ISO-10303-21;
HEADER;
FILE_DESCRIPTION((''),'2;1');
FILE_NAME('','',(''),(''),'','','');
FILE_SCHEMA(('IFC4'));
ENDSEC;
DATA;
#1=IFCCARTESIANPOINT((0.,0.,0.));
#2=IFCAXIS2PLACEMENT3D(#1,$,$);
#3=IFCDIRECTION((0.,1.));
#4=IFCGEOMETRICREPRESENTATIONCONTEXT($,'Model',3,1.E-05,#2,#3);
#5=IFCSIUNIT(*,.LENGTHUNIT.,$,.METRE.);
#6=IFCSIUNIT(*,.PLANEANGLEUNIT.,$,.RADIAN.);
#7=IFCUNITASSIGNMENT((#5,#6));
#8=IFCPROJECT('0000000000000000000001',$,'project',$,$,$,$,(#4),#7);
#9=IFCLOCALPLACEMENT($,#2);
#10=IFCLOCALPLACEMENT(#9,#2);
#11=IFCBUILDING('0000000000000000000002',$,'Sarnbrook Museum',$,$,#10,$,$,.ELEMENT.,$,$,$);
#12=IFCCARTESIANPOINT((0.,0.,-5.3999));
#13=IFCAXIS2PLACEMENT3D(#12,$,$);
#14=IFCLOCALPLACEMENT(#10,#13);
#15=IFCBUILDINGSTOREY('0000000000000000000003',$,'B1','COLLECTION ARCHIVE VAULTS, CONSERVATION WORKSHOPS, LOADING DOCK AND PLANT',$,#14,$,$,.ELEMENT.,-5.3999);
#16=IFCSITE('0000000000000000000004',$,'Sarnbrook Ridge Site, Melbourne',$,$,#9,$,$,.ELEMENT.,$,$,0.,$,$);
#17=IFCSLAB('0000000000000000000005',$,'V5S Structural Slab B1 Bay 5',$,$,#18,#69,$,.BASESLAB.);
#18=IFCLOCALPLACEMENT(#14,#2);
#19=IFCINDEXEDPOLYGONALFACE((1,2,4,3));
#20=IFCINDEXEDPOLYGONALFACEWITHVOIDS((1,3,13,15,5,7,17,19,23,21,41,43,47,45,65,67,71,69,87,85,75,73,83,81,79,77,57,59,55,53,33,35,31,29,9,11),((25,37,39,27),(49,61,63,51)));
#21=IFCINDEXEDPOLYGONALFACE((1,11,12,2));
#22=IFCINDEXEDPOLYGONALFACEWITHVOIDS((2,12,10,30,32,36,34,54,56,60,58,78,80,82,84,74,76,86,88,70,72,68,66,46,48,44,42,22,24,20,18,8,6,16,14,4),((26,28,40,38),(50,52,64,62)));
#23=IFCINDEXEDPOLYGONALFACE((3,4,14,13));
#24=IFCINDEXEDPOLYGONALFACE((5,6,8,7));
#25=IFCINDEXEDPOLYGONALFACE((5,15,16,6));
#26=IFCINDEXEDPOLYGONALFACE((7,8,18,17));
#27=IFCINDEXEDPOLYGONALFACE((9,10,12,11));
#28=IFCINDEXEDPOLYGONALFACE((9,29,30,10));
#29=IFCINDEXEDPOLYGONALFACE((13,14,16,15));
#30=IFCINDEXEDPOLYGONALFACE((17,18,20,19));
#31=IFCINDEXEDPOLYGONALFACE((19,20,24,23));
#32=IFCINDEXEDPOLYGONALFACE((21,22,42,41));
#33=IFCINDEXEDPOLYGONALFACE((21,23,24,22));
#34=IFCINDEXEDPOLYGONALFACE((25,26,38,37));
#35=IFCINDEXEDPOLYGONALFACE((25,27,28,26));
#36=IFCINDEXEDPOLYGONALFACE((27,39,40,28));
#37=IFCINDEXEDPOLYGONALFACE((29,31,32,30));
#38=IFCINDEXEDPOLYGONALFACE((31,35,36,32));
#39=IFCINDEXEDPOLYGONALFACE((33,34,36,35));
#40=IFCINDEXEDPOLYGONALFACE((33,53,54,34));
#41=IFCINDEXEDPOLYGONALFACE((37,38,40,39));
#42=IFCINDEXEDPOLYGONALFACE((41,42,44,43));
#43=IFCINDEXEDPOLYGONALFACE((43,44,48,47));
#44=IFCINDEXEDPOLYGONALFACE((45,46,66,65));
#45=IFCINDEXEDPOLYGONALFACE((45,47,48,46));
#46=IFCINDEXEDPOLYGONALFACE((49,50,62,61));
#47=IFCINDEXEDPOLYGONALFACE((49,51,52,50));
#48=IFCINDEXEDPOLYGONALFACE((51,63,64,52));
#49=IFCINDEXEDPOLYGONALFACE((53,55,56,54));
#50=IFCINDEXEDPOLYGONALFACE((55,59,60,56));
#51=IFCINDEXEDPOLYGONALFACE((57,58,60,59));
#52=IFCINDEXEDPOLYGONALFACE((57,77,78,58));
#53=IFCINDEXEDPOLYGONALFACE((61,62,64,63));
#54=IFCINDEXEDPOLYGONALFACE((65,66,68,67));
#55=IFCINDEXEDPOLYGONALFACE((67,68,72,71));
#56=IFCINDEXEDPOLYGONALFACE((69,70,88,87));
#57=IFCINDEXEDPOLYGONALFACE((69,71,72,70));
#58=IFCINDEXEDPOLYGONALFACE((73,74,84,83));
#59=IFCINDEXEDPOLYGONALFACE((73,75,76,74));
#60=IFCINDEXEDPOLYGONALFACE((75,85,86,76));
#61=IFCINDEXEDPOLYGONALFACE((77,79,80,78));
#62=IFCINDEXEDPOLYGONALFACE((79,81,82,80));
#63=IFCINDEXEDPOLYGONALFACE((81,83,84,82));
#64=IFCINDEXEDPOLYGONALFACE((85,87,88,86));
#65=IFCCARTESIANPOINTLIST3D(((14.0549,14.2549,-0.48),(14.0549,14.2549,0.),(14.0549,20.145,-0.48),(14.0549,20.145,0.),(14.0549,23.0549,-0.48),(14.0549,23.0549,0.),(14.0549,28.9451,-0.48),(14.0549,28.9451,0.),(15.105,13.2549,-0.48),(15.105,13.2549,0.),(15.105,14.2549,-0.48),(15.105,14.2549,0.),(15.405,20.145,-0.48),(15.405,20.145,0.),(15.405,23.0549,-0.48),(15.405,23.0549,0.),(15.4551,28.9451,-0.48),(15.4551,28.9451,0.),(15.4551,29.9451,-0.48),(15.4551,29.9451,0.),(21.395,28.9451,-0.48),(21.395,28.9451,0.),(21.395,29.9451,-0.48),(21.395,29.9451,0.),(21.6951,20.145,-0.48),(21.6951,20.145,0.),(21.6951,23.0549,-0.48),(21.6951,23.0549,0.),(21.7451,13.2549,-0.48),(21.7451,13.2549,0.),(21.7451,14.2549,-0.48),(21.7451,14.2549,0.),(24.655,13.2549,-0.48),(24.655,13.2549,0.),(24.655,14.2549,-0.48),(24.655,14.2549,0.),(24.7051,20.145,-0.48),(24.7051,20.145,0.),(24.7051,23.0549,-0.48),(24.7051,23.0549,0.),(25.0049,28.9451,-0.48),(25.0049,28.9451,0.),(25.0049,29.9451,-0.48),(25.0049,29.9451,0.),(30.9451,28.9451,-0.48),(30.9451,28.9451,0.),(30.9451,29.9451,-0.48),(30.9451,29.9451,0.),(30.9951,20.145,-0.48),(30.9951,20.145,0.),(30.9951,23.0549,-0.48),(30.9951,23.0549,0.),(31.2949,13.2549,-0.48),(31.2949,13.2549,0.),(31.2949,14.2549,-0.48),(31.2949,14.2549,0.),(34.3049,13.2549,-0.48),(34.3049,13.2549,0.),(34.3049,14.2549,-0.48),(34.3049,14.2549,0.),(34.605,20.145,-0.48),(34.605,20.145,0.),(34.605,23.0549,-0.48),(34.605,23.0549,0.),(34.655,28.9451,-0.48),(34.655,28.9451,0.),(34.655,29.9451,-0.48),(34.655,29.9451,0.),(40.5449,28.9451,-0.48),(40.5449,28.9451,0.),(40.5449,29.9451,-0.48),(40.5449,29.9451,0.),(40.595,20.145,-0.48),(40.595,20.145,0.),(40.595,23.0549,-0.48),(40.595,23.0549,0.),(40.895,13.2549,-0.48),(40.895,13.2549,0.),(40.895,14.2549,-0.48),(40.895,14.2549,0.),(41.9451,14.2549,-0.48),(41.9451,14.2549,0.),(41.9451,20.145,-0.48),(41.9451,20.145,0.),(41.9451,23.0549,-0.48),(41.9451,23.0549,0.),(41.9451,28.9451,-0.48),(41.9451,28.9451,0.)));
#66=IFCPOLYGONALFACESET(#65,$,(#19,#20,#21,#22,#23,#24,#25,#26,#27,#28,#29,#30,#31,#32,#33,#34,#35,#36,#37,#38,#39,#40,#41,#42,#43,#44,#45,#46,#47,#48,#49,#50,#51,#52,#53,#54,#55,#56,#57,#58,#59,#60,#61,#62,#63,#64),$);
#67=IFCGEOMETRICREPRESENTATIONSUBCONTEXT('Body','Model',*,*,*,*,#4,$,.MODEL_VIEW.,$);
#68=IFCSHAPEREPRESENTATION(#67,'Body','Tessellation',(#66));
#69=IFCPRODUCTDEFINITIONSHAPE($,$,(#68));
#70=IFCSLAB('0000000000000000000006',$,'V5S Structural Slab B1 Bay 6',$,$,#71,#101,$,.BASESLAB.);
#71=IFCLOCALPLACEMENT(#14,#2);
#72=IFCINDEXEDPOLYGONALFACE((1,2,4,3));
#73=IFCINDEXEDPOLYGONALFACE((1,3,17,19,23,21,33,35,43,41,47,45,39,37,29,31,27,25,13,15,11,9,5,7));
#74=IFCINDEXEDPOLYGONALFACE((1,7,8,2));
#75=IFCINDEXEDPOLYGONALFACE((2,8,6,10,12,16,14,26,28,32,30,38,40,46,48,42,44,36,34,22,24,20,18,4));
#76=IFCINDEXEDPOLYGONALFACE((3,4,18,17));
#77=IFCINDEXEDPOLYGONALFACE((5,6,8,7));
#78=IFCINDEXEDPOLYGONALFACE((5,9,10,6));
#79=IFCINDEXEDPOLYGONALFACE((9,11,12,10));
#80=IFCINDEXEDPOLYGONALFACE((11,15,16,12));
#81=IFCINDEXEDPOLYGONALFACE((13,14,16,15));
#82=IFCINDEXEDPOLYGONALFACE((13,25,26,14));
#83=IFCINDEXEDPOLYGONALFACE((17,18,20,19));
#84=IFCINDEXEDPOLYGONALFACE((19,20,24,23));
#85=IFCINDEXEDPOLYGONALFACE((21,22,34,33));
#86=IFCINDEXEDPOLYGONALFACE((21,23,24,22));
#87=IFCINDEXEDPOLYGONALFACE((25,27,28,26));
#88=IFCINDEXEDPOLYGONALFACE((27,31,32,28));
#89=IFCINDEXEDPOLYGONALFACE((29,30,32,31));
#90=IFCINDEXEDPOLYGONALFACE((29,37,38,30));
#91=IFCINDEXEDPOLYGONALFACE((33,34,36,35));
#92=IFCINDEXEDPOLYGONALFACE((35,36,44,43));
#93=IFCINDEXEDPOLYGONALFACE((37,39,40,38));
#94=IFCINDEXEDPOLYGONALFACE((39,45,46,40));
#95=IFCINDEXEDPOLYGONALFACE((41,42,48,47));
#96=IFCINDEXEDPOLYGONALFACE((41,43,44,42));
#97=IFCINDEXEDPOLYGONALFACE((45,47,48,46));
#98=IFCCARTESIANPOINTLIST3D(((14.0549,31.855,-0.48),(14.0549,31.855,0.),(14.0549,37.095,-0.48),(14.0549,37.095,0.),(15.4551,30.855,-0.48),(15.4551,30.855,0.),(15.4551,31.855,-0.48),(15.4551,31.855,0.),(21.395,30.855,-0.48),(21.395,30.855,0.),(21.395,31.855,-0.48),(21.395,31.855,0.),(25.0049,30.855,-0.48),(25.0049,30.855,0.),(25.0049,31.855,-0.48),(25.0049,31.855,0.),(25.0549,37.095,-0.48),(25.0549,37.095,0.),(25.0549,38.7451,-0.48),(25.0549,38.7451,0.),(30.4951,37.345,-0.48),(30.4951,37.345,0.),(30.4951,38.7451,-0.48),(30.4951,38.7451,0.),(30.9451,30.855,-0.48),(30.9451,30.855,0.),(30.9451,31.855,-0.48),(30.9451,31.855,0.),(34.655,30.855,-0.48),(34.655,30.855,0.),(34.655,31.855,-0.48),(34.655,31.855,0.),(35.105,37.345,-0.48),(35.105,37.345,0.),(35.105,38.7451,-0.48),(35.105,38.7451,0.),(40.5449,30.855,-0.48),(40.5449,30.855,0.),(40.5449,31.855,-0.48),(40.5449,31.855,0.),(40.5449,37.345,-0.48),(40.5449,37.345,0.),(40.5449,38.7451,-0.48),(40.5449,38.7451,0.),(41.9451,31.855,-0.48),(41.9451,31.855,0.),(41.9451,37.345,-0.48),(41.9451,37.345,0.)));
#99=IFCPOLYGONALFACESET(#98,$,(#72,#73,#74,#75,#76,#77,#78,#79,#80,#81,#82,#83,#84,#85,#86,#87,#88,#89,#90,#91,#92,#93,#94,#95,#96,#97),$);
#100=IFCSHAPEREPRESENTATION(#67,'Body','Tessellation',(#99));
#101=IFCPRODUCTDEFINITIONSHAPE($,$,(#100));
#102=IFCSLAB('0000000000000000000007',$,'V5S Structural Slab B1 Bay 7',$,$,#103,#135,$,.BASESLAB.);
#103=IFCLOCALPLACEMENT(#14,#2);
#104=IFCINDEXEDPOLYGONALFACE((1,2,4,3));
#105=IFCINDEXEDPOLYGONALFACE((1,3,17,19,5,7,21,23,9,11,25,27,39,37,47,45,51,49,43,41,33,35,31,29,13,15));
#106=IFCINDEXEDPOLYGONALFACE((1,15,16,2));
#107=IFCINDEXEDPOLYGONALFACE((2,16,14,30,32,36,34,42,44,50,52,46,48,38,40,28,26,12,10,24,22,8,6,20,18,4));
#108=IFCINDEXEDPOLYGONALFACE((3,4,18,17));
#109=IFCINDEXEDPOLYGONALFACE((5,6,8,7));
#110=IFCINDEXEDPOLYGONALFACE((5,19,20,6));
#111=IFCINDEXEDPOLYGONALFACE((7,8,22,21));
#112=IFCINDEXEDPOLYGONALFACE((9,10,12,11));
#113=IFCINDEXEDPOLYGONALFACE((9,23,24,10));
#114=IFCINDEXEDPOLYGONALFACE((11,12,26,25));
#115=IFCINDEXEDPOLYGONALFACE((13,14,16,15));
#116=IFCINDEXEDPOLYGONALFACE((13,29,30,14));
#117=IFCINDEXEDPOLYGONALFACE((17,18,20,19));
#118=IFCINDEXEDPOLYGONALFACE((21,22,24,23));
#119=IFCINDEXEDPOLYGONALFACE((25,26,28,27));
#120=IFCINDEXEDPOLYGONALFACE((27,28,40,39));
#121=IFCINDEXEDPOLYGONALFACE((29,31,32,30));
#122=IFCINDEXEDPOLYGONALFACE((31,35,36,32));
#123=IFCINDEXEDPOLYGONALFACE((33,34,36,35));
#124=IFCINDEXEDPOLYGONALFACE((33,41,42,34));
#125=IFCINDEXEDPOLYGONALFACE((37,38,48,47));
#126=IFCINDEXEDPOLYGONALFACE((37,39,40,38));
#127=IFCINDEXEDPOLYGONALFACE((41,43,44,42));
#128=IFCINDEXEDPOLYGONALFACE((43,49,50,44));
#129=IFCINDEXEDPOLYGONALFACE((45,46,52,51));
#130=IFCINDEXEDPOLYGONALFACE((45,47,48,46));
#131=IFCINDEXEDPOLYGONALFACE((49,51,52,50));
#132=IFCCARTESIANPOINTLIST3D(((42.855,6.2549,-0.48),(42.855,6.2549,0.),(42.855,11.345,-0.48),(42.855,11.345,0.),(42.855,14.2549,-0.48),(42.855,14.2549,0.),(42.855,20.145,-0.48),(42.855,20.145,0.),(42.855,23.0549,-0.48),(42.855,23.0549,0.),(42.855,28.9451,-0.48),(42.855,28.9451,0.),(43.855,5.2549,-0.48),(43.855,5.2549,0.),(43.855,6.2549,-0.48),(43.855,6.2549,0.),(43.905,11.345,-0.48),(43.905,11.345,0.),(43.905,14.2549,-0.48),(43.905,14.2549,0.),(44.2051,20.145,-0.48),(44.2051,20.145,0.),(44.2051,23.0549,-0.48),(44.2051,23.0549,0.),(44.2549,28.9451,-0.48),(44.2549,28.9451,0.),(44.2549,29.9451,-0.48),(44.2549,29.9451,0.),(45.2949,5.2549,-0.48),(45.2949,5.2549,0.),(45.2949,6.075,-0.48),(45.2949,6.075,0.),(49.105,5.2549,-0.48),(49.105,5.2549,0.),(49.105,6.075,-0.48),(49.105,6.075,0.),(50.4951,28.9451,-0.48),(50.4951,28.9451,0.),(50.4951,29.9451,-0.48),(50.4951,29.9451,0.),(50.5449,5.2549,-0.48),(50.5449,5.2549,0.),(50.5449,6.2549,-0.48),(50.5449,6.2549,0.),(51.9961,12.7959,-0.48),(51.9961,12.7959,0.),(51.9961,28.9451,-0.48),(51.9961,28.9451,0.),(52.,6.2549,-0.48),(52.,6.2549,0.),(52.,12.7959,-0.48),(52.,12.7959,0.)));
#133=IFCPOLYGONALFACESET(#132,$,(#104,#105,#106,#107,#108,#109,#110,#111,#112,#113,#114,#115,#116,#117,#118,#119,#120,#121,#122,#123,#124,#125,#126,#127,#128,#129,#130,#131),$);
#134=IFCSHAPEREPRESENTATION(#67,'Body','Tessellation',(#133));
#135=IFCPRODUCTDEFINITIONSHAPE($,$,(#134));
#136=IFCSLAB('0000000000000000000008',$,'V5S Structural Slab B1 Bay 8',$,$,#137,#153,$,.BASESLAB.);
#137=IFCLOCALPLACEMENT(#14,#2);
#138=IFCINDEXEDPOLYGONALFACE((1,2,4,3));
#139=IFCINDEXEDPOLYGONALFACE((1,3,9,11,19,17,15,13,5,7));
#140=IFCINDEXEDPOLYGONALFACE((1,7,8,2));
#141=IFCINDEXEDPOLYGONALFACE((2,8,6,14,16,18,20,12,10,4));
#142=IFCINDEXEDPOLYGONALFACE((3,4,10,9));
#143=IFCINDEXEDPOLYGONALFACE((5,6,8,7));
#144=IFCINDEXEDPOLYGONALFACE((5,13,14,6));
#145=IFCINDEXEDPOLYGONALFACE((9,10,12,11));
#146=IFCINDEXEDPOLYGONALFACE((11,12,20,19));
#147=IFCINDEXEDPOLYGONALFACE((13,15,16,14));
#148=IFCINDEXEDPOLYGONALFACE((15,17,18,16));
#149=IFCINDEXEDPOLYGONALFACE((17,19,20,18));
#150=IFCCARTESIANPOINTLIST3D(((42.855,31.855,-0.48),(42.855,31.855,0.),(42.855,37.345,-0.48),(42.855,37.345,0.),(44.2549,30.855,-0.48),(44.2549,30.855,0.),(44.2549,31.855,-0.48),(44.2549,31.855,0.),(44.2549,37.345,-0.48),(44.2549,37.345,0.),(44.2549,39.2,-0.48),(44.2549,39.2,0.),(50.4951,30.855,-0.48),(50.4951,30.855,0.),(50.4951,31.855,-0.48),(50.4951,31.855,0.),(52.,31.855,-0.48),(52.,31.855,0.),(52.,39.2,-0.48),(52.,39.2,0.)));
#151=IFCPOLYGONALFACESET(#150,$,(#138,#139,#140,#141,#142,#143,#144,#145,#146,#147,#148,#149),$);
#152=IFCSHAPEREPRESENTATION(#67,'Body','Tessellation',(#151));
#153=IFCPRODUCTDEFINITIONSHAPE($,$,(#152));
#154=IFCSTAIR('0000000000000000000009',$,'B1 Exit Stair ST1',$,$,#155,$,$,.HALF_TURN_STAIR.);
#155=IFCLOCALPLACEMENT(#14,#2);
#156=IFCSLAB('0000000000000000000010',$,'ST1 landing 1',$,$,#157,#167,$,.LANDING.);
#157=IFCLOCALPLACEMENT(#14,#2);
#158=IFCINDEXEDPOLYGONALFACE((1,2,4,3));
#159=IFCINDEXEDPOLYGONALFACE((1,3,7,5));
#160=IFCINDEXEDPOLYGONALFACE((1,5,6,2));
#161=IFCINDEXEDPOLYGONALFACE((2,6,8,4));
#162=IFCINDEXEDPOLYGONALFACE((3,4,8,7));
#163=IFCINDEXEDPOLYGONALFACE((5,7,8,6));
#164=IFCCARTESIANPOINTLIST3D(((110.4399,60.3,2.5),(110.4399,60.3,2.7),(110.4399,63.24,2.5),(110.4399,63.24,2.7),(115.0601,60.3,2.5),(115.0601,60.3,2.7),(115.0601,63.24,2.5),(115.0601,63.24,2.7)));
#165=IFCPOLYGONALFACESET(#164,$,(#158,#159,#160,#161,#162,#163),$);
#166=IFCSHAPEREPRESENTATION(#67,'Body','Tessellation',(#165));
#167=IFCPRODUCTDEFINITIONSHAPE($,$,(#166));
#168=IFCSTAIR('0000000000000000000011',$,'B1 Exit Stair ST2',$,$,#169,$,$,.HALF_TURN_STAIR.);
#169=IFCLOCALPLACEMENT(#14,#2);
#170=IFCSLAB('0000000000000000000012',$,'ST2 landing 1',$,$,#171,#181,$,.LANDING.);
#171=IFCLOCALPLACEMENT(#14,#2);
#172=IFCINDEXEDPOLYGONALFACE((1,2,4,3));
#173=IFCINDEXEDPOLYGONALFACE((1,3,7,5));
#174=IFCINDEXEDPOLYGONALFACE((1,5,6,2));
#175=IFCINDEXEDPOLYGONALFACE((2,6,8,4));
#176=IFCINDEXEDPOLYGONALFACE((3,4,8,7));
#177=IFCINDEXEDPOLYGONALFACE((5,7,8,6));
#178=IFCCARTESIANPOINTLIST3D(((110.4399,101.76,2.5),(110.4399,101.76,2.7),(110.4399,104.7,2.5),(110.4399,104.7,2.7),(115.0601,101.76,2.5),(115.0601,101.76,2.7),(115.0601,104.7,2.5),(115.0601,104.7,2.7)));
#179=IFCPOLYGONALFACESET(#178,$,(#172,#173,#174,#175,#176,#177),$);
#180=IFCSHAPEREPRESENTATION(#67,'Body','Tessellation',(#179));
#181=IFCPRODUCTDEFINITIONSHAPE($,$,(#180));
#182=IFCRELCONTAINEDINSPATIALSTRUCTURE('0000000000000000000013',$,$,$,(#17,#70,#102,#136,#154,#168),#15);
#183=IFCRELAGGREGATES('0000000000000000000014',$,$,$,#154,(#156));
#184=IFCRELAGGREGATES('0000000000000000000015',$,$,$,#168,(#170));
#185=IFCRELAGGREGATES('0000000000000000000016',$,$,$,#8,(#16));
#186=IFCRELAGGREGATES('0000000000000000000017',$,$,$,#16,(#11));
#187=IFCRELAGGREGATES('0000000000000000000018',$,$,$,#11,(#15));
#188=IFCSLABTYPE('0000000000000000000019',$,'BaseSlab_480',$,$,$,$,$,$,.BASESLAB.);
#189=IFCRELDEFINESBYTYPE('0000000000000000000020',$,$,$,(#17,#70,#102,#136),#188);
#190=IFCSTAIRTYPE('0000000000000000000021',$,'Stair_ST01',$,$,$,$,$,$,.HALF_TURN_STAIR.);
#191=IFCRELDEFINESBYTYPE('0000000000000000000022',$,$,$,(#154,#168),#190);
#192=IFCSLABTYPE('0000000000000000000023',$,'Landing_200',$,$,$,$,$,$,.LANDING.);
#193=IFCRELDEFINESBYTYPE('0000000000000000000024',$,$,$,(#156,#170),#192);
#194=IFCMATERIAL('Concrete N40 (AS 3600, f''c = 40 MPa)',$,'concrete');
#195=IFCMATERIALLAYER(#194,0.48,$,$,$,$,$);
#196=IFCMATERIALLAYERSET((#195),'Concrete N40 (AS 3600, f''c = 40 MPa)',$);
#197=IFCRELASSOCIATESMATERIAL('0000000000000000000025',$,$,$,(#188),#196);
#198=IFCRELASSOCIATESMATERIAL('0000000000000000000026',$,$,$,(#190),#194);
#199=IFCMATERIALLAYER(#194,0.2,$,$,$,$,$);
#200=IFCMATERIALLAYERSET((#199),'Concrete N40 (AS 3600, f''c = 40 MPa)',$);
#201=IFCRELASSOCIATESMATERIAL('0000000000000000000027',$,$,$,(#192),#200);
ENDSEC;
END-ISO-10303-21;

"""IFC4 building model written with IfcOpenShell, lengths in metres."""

from ifc_helpers import new_model, si_unit, direction, frame, origin, place, context, subcontext, project, spatial, polyline, outline, extrude, material, layer, layer_set, type_object, element, aggregate, save


model = new_model("IFC4")

# Units and contexts
model_context = context("Model", 3, precision=1e-05, world=origin(), true_north=direction((0.0, 1.0)))
body_context = subcontext(model_context, "Body", "Model", "MODEL_VIEW")
ifc_project = project(units=[si_unit("LENGTHUNIT", "METRE"), si_unit("PLANEANGLEUNIT", "RADIAN")], contexts=[model_context])

# Site, building, storey
site_placement = place(None, origin())
site = spatial("IfcSite", under=ifc_project, at=site_placement, Name="Sarnbrook Ridge Site, Melbourne", CompositionType="ELEMENT", RefElevation=0.0)
building_placement = place(site_placement, origin())
building = spatial("IfcBuilding", under=site, at=building_placement, Name="Sarnbrook Museum", CompositionType="ELEMENT")
storey_placement = place(building_placement, frame((0.0, 0.0, -5.3999)))
storey = spatial("IfcBuildingStorey", under=building, at=storey_placement, Name="B1", Description="COLLECTION ARCHIVE VAULTS, CONSERVATION WORKSHOPS, LOADING DOCK AND PLANT", CompositionType="ELEMENT", Elevation=-5.3999)

# Slabs
ifc_material = material(Name="Concrete N40 (AS 3600, f'c = 40 MPa)", Category="concrete")
ifc_layer_1 = layer(ifc_material, 0.48)
ifc_layer_set_1 = layer_set([ifc_layer_1], Name="Concrete N40 (AS 3600, f'c = 40 MPa)")
slab_type_1 = type_object("IfcSlabType", Name="BaseSlab_480", PredefinedType="BASESLAB", material=ifc_layer_set_1)
slab_1_placement = place(storey_placement, frame((0.0, 0.0, -0.48)))
element("IfcSlab", 1, at=slab_1_placement, inside=storey, type_object=slab_type_1, Name="V5S Structural Slab B1 Bay 5", PredefinedType="BASESLAB", context=body_context, shape_type="SweptSolid", body=[
    extrude(outline(polyline([(25.0049, 28.9451), (25.0049, 29.9451), (30.9451, 29.9451), (30.9451, 28.9451), (34.655, 28.9451), (34.655, 29.9451), (40.5449, 29.9451), (40.5449, 28.9451), (41.9451, 28.9451), (41.9451, 23.0549), (40.595, 23.0549), (40.595, 20.145), (41.9451, 20.145), (41.9451, 14.2549), (40.895, 14.2549), (40.895, 13.2549), (34.3049, 13.2549), (34.3049, 14.2549), (31.2949, 14.2549), (31.2949, 13.2549), (24.655, 13.2549), (24.655, 14.2549), (21.7451, 14.2549), (21.7451, 13.2549), (15.105, 13.2549), (15.105, 14.2549), (14.0549, 14.2549), (14.0549, 20.145), (15.405, 20.145), (15.405, 23.0549), (14.0549, 23.0549), (14.0549, 28.9451), (15.4551, 28.9451), (15.4551, 29.9451), (21.395, 29.9451), (21.395, 28.9451), (25.0049, 28.9451)]), holes=[polyline([(24.7051, 20.145), (21.6951, 20.145), (21.6951, 23.0549), (24.7051, 23.0549), (24.7051, 20.145)]), polyline([(34.605, 20.145), (30.9951, 20.145), (30.9951, 23.0549), (34.605, 23.0549), (34.605, 20.145)])]), origin(), (0.0, 0.0, 1.0), 0.48),
])
slab_2_placement = place(storey_placement, frame((0.0, 0.0, -0.48)))
element("IfcSlab", 2, at=slab_2_placement, inside=storey, type_object=slab_type_1, Name="V5S Structural Slab B1 Bay 6", PredefinedType="BASESLAB", context=body_context, shape_type="SweptSolid", body=[
    extrude(outline(polyline([(25.0549, 38.7451), (30.4951, 38.7451), (30.4951, 37.345), (35.105, 37.345), (35.105, 38.7451), (40.5449, 38.7451), (40.5449, 37.345), (41.9451, 37.345), (41.9451, 31.855), (40.5449, 31.855), (40.5449, 30.855), (34.655, 30.855), (34.655, 31.855), (30.9451, 31.855), (30.9451, 30.855), (25.0049, 30.855), (25.0049, 31.855), (21.395, 31.855), (21.395, 30.855), (15.4551, 30.855), (15.4551, 31.855), (14.0549, 31.855), (14.0549, 37.095), (25.0549, 37.095), (25.0549, 38.7451)])), origin(), (0.0, 0.0, 1.0), 0.48),
])
slab_3_placement = place(storey_placement, frame((0.0, 0.0, -0.48)))
element("IfcSlab", 3, at=slab_3_placement, inside=storey, type_object=slab_type_1, Name="V5S Structural Slab B1 Bay 7", PredefinedType="BASESLAB", context=body_context, shape_type="SweptSolid", body=[
    extrude(outline(polyline([(50.5449, 6.2549), (50.5449, 5.2549), (49.105, 5.2549), (49.105, 6.075), (45.2949, 6.075), (45.2949, 5.2549), (43.855, 5.2549), (43.855, 6.2549), (42.855, 6.2549), (42.855, 11.345), (43.905, 11.345), (43.905, 14.2549), (42.855, 14.2549), (42.855, 20.145), (44.2051, 20.145), (44.2051, 23.0549), (42.855, 23.0549), (42.855, 28.9451), (44.2549, 28.9451), (44.2549, 29.9451), (50.4951, 29.9451), (50.4951, 28.9451), (51.9961, 28.9451), (51.9961, 12.7959), (52.0, 12.7959), (52.0, 6.2549), (50.5449, 6.2549)])), origin(), (0.0, 0.0, 1.0), 0.48),
])
slab_4_placement = place(storey_placement, frame((0.0, 0.0, -0.48)))
element("IfcSlab", 4, at=slab_4_placement, inside=storey, type_object=slab_type_1, Name="V5S Structural Slab B1 Bay 8", PredefinedType="BASESLAB", context=body_context, shape_type="SweptSolid", body=[
    extrude(outline(polyline([(50.4951, 31.855), (50.4951, 30.855), (44.2549, 30.855), (44.2549, 31.855), (42.855, 31.855), (42.855, 37.345), (44.2549, 37.345), (44.2549, 39.2), (52.0, 39.2), (52.0, 31.855), (50.4951, 31.855)])), origin(), (0.0, 0.0, 1.0), 0.48),
])

# Stairs, slabs
stair_type_1 = type_object("IfcStairType", Name="Stair_ST01", PredefinedType="HALF_TURN_STAIR", material=ifc_material)
stair_1_placement = place(storey_placement, origin())
stair_1 = element("IfcStair", 5, at=stair_1_placement, inside=storey, type_object=stair_type_1, Name="B1 Exit Stair ST1", PredefinedType="HALF_TURN_STAIR")
ifc_layer_2 = layer(ifc_material, 0.2)
ifc_layer_set_2 = layer_set([ifc_layer_2], Name="Concrete N40 (AS 3600, f'c = 40 MPa)")
slab_type_2 = type_object("IfcSlabType", Name="Landing_200", PredefinedType="LANDING", material=ifc_layer_set_2)
slab_5_placement = place(storey_placement, frame((0.0, 0.0, 2.5)))
slab_5 = element("IfcSlab", 6, at=slab_5_placement, type_object=slab_type_2, Name="ST1 landing 1", PredefinedType="LANDING", context=body_context, shape_type="SweptSolid", body=[
    extrude(outline(polyline([(110.4399, 63.24), (110.4399, 60.3), (115.0601, 60.3), (115.0601, 63.24), (110.4399, 63.24)])), origin(), (0.0, 0.0, 1.0), 0.2),
])
aggregate(stair_1, [slab_5])
stair_2_placement = place(storey_placement, origin())
stair_2 = element("IfcStair", 7, at=stair_2_placement, inside=storey, type_object=stair_type_1, Name="B1 Exit Stair ST2", PredefinedType="HALF_TURN_STAIR")
slab_6_placement = place(storey_placement, frame((0.0, 0.0, 2.5)))
slab_6 = element("IfcSlab", 8, at=slab_6_placement, type_object=slab_type_2, Name="ST2 landing 1", PredefinedType="LANDING", context=body_context, shape_type="SweptSolid", body=[
    extrude(outline(polyline([(115.0601, 101.76), (115.0601, 104.7), (110.4399, 104.7), (110.4399, 101.76), (115.0601, 101.76)])), origin(), (0.0, 0.0, 1.0), 0.2),
])
aggregate(stair_2, [slab_6])

save(model, "model.ifc")
